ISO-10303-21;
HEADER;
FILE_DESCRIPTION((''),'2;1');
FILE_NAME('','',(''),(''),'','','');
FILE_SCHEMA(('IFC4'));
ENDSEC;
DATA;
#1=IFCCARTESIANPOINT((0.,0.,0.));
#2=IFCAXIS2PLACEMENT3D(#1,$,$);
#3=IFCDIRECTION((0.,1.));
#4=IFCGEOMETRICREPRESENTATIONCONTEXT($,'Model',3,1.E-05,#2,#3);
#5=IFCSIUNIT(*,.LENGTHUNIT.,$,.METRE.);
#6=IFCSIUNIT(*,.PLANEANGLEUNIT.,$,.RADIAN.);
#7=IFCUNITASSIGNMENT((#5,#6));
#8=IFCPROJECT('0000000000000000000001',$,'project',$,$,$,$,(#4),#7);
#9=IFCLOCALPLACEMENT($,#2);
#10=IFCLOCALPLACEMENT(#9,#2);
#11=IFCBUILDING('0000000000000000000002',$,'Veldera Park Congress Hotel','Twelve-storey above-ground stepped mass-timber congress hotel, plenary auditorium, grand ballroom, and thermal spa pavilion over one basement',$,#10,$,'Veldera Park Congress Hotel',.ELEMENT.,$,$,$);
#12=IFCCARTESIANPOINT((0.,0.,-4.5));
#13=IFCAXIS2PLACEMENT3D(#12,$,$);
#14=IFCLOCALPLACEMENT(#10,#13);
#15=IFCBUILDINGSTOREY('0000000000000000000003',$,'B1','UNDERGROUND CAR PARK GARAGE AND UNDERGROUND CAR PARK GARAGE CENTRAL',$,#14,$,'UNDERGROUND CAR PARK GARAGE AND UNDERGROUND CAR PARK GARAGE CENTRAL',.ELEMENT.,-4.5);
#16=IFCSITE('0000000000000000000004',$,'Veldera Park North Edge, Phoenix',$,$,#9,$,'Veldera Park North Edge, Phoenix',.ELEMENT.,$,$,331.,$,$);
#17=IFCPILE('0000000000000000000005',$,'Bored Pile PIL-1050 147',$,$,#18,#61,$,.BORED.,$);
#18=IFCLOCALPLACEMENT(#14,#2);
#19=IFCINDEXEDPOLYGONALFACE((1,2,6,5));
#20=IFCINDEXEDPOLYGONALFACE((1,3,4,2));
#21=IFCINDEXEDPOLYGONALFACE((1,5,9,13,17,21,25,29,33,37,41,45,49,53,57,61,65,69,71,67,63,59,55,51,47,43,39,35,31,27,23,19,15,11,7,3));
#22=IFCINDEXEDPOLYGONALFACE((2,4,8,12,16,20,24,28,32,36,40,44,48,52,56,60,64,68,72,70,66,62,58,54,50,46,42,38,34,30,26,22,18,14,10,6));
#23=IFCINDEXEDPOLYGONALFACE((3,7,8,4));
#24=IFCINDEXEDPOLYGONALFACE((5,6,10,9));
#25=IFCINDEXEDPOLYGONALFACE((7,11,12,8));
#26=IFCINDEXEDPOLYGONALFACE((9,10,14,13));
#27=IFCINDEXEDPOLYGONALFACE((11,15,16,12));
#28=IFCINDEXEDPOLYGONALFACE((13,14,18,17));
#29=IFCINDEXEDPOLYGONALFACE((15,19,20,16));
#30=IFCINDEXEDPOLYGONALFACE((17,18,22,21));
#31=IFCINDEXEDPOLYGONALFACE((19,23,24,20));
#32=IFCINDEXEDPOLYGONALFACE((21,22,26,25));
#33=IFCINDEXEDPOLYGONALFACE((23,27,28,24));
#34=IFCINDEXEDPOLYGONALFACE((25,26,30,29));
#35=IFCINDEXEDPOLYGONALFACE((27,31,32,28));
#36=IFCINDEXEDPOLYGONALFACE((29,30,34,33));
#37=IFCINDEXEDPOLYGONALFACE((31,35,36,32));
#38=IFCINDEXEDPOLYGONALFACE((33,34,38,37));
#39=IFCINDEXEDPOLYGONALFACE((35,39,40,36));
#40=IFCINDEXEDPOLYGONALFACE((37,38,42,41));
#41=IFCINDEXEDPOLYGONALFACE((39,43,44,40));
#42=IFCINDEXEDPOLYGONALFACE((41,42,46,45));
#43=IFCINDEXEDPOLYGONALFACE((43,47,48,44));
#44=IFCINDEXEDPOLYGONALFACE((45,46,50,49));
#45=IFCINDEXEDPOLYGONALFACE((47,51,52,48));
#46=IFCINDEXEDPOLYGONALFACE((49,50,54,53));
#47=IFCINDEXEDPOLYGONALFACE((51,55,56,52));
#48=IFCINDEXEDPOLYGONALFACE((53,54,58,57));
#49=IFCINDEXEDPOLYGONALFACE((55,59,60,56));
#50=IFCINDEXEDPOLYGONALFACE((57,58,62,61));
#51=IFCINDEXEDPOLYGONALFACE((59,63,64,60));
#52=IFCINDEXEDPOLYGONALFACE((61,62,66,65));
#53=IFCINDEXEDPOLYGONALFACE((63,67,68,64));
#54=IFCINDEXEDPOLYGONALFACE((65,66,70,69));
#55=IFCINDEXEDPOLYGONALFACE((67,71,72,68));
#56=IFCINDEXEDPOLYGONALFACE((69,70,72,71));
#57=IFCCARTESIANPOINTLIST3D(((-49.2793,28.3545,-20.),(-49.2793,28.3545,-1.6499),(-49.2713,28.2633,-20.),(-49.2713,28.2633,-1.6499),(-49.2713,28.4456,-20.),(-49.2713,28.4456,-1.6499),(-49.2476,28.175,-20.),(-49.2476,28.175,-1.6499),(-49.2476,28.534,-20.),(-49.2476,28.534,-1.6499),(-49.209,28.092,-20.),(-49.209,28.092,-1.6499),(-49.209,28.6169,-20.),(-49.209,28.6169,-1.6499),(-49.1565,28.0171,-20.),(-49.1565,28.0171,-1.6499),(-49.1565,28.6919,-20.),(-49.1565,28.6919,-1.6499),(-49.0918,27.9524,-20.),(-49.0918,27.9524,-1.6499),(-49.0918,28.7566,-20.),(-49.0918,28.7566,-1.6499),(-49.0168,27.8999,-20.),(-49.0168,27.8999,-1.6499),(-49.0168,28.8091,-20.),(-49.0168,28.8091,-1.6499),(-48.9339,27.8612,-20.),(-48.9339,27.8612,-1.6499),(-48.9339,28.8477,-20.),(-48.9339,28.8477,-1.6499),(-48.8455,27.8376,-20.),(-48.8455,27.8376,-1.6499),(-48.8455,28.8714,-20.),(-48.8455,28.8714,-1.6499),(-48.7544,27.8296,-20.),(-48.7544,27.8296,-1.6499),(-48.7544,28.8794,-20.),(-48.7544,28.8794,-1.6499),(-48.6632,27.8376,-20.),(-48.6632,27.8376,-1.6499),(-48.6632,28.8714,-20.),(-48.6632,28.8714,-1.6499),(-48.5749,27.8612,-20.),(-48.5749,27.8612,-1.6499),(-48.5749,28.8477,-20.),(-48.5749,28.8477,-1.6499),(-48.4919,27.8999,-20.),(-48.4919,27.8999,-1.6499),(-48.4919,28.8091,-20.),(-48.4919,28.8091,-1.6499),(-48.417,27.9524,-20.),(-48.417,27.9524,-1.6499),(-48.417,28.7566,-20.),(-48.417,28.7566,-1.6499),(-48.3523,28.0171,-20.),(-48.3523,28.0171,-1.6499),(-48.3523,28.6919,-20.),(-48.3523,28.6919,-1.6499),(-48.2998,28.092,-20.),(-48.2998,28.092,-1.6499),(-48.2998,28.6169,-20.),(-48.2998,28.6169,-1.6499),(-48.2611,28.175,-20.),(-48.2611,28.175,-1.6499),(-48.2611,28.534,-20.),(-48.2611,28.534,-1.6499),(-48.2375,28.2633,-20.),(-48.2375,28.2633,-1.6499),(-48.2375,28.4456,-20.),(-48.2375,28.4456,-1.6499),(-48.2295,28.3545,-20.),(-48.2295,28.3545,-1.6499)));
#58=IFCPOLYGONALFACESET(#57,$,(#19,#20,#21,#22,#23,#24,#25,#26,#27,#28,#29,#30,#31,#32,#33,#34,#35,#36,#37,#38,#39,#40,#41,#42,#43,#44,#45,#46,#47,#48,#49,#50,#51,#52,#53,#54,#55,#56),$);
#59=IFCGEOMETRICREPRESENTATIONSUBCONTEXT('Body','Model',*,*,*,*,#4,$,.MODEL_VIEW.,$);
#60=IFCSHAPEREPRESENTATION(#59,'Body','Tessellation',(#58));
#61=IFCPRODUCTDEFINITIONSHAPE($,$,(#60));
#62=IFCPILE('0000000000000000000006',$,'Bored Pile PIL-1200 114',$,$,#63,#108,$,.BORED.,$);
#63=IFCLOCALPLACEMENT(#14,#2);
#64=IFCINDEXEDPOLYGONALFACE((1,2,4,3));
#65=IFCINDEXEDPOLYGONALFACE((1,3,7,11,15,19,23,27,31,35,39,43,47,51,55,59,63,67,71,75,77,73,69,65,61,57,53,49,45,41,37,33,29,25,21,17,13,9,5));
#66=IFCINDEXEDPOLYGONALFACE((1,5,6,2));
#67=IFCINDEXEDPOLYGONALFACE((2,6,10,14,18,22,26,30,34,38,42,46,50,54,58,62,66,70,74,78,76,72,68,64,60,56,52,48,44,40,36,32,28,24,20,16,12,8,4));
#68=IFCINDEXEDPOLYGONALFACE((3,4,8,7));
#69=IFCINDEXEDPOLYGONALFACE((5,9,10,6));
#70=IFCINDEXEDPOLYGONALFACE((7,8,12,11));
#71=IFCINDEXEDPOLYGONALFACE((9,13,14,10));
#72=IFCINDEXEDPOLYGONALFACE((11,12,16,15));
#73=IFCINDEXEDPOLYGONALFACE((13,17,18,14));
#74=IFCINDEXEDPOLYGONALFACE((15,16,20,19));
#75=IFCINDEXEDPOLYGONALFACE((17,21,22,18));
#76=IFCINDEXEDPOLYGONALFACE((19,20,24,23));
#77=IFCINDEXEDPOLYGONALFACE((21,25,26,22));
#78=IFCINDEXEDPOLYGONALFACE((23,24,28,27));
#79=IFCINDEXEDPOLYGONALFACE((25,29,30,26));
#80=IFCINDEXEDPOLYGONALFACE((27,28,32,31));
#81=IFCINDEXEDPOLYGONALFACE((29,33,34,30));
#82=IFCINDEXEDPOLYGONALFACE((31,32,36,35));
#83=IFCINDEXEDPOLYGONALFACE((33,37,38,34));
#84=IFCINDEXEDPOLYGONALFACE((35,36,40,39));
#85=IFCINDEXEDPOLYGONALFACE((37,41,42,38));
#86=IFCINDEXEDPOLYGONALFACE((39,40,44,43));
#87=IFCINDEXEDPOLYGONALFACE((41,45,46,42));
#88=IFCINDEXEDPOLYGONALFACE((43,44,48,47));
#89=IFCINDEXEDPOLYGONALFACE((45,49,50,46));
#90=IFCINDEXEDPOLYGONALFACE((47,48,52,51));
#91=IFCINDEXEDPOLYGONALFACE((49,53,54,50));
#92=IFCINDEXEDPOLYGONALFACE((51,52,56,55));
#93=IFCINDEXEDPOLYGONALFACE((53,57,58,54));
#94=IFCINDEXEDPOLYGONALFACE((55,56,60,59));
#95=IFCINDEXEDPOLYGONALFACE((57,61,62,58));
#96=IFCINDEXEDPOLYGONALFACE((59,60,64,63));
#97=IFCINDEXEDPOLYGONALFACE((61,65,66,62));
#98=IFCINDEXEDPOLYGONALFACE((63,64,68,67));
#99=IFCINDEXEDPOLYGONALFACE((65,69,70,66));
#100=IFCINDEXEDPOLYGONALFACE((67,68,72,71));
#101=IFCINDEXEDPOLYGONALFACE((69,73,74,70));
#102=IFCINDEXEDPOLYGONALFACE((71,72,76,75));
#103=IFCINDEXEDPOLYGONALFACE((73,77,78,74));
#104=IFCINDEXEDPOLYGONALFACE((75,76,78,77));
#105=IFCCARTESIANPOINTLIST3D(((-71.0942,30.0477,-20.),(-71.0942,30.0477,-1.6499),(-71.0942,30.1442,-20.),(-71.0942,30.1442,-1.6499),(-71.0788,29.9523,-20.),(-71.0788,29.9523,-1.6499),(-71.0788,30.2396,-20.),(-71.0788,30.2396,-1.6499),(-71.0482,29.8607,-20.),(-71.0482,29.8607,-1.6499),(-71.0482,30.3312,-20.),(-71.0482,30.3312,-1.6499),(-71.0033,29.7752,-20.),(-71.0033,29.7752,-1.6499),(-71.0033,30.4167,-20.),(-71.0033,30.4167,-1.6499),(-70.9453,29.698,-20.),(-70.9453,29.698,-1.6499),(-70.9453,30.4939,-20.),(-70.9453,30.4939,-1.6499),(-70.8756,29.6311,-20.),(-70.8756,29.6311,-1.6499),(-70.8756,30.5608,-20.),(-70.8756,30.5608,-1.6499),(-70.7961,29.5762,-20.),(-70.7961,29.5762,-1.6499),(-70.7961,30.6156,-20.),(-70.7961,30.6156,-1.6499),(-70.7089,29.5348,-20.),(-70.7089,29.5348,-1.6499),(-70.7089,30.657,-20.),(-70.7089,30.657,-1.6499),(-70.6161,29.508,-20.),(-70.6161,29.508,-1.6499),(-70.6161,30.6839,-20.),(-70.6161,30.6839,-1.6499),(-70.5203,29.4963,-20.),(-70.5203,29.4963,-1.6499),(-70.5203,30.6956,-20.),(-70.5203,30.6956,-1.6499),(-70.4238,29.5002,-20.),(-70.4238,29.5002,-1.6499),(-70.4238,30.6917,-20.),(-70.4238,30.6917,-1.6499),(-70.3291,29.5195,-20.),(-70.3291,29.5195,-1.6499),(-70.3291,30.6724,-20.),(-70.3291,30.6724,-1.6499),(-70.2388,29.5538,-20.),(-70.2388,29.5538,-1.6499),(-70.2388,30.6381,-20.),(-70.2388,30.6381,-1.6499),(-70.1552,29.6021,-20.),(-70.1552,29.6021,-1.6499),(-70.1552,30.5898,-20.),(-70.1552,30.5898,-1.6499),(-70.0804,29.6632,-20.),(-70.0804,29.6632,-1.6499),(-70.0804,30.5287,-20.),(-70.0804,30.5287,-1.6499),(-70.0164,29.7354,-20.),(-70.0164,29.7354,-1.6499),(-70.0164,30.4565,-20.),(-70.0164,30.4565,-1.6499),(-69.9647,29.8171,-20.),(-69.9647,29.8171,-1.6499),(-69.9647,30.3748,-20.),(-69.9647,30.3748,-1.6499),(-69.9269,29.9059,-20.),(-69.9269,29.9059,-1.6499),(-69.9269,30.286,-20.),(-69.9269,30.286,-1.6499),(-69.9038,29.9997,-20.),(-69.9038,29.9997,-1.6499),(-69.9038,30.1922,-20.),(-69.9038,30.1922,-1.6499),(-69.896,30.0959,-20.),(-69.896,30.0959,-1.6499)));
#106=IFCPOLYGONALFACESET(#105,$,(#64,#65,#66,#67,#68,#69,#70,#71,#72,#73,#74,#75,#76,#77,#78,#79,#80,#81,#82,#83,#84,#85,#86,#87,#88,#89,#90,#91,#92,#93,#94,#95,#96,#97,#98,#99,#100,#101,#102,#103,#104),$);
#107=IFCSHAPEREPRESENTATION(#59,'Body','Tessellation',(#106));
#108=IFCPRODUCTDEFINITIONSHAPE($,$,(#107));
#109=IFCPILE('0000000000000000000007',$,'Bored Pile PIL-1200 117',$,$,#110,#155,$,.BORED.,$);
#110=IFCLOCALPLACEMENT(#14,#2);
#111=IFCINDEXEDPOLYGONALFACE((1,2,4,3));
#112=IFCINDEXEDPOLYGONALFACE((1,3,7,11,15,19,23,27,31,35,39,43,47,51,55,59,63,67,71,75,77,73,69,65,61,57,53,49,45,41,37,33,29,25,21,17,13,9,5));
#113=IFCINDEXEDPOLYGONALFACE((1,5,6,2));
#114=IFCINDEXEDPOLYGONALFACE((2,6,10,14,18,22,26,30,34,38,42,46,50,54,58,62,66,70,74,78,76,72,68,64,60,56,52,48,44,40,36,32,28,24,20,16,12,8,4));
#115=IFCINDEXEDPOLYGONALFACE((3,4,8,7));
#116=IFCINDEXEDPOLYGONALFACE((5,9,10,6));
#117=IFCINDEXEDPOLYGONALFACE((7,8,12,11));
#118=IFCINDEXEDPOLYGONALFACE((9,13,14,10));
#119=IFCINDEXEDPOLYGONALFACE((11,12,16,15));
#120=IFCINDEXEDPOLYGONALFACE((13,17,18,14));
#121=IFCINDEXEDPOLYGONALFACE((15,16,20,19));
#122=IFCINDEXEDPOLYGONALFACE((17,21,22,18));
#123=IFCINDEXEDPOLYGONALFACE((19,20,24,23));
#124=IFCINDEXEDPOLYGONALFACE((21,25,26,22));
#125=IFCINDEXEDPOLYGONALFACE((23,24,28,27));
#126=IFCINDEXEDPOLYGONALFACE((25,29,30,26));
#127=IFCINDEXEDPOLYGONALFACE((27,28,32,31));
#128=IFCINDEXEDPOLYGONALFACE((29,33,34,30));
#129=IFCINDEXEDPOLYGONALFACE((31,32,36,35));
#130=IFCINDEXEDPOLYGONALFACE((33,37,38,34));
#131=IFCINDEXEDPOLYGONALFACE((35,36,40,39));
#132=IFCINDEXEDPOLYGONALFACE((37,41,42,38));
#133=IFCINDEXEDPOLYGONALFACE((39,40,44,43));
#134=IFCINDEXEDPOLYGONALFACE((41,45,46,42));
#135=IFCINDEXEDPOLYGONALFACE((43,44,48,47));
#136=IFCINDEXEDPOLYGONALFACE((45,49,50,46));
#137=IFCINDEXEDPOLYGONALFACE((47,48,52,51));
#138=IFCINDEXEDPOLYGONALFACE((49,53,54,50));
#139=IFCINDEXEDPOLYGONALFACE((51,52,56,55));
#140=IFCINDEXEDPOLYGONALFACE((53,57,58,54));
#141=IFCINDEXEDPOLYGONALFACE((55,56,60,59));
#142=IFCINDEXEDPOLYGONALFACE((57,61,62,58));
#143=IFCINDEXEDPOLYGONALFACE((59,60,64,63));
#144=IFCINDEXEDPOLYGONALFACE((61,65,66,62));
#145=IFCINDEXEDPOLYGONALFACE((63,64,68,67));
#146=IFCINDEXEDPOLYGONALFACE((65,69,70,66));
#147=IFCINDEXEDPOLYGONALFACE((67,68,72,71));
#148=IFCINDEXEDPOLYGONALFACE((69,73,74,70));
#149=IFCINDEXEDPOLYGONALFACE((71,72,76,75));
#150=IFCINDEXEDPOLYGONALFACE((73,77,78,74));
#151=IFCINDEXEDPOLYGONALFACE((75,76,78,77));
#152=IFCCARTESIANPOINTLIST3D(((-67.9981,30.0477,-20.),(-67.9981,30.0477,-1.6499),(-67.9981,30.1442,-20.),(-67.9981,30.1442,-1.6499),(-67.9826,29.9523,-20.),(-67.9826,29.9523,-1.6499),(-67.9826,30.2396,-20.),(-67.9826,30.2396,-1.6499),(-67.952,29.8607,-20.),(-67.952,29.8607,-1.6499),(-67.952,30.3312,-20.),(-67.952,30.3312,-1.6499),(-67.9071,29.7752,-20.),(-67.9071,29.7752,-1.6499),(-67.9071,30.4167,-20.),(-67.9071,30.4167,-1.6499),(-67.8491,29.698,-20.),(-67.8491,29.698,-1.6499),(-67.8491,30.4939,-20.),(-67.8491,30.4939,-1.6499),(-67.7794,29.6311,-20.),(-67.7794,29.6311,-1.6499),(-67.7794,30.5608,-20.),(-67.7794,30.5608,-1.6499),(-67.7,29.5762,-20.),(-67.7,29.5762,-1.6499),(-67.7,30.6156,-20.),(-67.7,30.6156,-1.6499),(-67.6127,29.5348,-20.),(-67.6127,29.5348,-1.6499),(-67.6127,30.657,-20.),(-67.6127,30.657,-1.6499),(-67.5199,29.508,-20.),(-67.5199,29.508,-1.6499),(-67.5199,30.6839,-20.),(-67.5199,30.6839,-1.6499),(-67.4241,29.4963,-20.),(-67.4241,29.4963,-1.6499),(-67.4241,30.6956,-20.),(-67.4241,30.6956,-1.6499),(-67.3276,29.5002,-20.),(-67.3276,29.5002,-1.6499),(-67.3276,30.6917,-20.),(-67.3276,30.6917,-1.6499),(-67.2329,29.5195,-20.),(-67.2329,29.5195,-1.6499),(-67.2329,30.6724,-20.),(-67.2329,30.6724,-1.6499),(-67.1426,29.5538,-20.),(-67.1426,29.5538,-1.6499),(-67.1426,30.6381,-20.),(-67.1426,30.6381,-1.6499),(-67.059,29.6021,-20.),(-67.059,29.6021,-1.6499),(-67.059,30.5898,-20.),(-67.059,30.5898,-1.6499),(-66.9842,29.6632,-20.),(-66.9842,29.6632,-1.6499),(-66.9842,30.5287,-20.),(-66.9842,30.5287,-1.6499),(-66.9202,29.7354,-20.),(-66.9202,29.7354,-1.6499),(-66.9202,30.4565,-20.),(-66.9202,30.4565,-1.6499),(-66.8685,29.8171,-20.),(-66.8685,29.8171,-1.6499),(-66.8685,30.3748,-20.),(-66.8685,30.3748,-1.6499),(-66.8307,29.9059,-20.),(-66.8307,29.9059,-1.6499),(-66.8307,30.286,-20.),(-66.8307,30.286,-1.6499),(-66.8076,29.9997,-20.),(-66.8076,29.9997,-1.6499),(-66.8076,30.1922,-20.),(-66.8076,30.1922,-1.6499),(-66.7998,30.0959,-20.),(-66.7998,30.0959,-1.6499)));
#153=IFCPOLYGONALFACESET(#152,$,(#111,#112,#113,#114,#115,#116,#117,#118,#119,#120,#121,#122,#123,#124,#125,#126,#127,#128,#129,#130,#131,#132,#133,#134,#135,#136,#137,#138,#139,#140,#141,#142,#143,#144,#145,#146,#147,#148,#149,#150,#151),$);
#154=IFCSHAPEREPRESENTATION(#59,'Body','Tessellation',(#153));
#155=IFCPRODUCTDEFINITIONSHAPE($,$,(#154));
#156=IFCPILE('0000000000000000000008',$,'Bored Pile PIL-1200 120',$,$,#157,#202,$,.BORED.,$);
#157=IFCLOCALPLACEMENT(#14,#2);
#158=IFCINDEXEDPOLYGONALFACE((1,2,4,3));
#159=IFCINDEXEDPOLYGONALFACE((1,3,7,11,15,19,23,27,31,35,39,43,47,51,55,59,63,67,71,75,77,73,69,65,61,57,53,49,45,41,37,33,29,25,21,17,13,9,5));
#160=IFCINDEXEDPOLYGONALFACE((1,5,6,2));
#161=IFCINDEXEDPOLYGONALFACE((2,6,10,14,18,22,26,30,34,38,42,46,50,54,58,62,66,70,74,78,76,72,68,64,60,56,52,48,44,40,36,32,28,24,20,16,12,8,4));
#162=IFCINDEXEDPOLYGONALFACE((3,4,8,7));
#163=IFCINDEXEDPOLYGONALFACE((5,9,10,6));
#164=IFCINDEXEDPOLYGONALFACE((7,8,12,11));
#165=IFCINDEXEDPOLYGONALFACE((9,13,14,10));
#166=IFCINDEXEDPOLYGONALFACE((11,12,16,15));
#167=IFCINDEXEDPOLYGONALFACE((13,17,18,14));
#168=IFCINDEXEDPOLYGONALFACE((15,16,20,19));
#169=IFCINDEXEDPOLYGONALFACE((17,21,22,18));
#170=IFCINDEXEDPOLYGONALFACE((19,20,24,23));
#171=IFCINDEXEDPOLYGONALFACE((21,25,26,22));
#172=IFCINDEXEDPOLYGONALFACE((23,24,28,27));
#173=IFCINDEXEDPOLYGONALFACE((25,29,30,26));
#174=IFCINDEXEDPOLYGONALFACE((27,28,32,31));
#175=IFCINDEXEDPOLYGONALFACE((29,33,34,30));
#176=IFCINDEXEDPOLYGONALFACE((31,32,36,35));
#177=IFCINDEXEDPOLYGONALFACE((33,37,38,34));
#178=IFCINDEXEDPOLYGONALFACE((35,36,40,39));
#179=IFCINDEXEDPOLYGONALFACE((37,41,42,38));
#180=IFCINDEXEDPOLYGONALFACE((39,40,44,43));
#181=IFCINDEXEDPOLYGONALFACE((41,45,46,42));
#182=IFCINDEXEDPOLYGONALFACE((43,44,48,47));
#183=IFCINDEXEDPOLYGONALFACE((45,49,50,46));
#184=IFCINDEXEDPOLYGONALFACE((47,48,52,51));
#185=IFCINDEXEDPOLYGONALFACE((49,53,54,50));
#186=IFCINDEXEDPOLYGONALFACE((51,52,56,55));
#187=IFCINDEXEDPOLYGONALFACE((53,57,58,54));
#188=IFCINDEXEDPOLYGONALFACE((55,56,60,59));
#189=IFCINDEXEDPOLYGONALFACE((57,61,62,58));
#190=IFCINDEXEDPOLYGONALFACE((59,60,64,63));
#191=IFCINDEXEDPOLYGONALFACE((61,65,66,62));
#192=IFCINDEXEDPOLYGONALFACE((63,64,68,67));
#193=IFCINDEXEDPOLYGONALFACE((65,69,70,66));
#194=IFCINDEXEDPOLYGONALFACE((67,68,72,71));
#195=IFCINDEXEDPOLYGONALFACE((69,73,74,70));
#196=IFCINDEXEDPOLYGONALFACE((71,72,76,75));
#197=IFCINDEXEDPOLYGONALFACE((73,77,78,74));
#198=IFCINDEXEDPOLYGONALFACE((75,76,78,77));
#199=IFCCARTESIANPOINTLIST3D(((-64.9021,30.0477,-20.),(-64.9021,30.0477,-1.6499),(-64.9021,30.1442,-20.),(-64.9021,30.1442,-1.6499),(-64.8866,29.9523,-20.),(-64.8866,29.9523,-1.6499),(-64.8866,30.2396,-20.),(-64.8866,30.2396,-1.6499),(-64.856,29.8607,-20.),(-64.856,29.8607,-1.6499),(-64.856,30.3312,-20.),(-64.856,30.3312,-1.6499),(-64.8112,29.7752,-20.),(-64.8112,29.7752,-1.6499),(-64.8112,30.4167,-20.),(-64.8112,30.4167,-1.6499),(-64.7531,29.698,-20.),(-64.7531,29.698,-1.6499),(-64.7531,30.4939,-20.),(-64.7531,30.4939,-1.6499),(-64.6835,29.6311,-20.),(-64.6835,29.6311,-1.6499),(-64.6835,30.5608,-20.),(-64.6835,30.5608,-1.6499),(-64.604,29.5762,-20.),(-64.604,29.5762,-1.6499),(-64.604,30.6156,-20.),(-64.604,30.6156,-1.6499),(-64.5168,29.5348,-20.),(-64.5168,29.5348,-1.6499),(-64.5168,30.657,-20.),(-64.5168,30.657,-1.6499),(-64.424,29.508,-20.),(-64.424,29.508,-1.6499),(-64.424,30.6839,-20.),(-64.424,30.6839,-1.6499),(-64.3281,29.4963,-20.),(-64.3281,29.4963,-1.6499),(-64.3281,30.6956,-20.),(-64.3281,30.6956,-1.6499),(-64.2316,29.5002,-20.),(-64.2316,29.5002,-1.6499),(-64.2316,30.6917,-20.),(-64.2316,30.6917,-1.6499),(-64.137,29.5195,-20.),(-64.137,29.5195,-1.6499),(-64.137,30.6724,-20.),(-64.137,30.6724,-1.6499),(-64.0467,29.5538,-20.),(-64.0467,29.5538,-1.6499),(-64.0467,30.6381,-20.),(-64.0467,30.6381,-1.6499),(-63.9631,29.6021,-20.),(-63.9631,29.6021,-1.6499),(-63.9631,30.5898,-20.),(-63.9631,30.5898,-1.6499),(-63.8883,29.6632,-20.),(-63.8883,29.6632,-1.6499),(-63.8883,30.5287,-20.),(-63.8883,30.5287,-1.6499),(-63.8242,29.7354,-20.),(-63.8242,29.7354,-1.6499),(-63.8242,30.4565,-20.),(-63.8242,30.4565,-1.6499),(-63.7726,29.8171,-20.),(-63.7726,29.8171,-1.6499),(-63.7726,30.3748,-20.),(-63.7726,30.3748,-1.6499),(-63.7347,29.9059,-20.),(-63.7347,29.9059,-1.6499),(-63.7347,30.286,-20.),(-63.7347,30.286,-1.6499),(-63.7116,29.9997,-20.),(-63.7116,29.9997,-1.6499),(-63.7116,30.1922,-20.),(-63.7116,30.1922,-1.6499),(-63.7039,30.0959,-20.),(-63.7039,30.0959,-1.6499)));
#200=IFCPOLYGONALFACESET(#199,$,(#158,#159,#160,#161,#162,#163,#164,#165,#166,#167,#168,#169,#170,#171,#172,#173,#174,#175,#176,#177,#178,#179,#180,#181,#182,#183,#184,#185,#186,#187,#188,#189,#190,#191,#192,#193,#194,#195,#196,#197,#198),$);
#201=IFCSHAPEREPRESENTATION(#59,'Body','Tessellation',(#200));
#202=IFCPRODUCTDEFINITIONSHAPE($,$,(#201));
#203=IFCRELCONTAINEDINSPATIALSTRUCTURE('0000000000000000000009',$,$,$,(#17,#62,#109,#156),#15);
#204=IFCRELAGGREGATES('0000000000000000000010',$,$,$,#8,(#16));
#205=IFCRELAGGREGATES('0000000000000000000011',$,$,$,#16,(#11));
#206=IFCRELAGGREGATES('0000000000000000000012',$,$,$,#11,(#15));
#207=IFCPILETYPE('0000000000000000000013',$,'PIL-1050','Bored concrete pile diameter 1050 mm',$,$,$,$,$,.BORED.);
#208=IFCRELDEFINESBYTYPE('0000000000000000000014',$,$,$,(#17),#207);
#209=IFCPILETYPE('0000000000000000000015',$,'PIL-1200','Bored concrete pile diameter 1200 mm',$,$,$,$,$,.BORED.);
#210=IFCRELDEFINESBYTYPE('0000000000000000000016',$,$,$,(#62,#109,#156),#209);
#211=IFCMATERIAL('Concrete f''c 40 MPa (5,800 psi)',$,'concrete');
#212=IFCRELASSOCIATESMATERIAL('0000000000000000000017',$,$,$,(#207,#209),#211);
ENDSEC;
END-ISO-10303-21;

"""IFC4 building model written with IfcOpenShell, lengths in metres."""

from ifc_helpers import new_model, si_unit, direction, frame, origin, origin_2d, place, context, subcontext, project, spatial, circle, extrude, material, material_profile, profile_set, type_object, element, save


model = new_model("IFC4")

# Units and contexts
model_context = context("Model", 3, precision=1e-05, world=origin(), true_north=direction((0.0, 1.0)))
body_context = subcontext(model_context, "Body", "Model", "MODEL_VIEW")
ifc_project = project(units=[si_unit("LENGTHUNIT", "METRE"), si_unit("PLANEANGLEUNIT", "RADIAN")], contexts=[model_context])

# Site, building, storey
site_placement = place(None, origin())
site = spatial("IfcSite", under=ifc_project, at=site_placement, Name="Veldera Park North Edge, Phoenix", LongName="Veldera Park North Edge, Phoenix", CompositionType="ELEMENT", RefElevation=331.0)
building_placement = place(site_placement, origin())
building = spatial("IfcBuilding", under=site, at=building_placement, Name="Veldera Park Congress Hotel", Description="Twelve-storey above-ground stepped mass-timber congress hotel, plenary auditorium, grand ballroom, and thermal spa pavilion over one basement", LongName="Veldera Park Congress Hotel", CompositionType="ELEMENT")
storey_placement = place(building_placement, frame((0.0, 0.0, -4.5)))
storey = spatial("IfcBuildingStorey", under=building, at=storey_placement, Name="B1", Description="UNDERGROUND CAR PARK GARAGE AND UNDERGROUND CAR PARK GARAGE CENTRAL", LongName="UNDERGROUND CAR PARK GARAGE AND UNDERGROUND CAR PARK GARAGE CENTRAL", CompositionType="ELEMENT", Elevation=-4.5)

# Shared definitions
ifc_material_1 = material(Name="Concrete f'c 40 MPa (5,800 psi)", Category="concrete")

# Piles
ifc_material_profile_1 = material_profile(ifc_material_1, circle(Radius=0.5249, at=origin_2d()), Name="PILE D1050")
ifc_profile_set_1 = profile_set([ifc_material_profile_1], Name="Concrete f'c 40 MPa (5,800 psi)")
pile_type_1 = type_object("IfcPileType", Name="PIL-1050", Description="Bored concrete pile diameter 1050 mm", PredefinedType="BORED", material=ifc_profile_set_1)
for number, where, z_axis, x_axis, name in (
    (1, (-48.7544, 28.3545, -1.6499), (0.0, 0.0, -1.0), (1.0, 0.0, 0.0), "Bored Pile PIL-1050 147"),
):
    element("IfcPile", number, at=place(storey_placement, frame(where, z_axis=z_axis, x_axis=x_axis)), inside=storey, type_object=pile_type_1, Name=name, PredefinedType="BORED", context=body_context, shape_type="SweptSolid", body=[
        extrude(circle(Radius=0.5249, at=origin_2d()), origin(), (0.0, 0.0, 1.0), 18.3501),
    ])
ifc_material_profile_2 = material_profile(ifc_material_1, circle(Radius=0.6001, at=origin_2d()), Name="PILE D1200")
ifc_profile_set_2 = profile_set([ifc_material_profile_2], Name="Concrete f'c 40 MPa (5,800 psi)")
pile_type_2 = type_object("IfcPileType", Name="PIL-1200", Description="Bored concrete pile diameter 1200 mm", PredefinedType="BORED", material=ifc_profile_set_2)
for number, where, z_axis, x_axis, name in (
    (2, (-70.4961, 30.0959, -1.6499), (0.0, 0.0, -1.0), (1.0, 0.0, 0.0), "Bored Pile PIL-1200 114"),
    (3, (-67.3999, 30.0959, -1.6499), (0.0, 0.0, -1.0), (1.0, 0.0, 0.0), "Bored Pile PIL-1200 117"),
    (4, (-64.304, 30.0959, -1.6499), (0.0, 0.0, -1.0), (1.0, 0.0, 0.0), "Bored Pile PIL-1200 120"),
):
    element("IfcPile", number, at=place(storey_placement, frame(where, z_axis=z_axis, x_axis=x_axis)), inside=storey, type_object=pile_type_2, Name=name, PredefinedType="BORED", context=body_context, shape_type="SweptSolid", body=[
        extrude(circle(Radius=0.6001, at=origin_2d()), origin(), (0.0, 0.0, 1.0), 18.3501),
    ])

save(model, "model.ifc")
